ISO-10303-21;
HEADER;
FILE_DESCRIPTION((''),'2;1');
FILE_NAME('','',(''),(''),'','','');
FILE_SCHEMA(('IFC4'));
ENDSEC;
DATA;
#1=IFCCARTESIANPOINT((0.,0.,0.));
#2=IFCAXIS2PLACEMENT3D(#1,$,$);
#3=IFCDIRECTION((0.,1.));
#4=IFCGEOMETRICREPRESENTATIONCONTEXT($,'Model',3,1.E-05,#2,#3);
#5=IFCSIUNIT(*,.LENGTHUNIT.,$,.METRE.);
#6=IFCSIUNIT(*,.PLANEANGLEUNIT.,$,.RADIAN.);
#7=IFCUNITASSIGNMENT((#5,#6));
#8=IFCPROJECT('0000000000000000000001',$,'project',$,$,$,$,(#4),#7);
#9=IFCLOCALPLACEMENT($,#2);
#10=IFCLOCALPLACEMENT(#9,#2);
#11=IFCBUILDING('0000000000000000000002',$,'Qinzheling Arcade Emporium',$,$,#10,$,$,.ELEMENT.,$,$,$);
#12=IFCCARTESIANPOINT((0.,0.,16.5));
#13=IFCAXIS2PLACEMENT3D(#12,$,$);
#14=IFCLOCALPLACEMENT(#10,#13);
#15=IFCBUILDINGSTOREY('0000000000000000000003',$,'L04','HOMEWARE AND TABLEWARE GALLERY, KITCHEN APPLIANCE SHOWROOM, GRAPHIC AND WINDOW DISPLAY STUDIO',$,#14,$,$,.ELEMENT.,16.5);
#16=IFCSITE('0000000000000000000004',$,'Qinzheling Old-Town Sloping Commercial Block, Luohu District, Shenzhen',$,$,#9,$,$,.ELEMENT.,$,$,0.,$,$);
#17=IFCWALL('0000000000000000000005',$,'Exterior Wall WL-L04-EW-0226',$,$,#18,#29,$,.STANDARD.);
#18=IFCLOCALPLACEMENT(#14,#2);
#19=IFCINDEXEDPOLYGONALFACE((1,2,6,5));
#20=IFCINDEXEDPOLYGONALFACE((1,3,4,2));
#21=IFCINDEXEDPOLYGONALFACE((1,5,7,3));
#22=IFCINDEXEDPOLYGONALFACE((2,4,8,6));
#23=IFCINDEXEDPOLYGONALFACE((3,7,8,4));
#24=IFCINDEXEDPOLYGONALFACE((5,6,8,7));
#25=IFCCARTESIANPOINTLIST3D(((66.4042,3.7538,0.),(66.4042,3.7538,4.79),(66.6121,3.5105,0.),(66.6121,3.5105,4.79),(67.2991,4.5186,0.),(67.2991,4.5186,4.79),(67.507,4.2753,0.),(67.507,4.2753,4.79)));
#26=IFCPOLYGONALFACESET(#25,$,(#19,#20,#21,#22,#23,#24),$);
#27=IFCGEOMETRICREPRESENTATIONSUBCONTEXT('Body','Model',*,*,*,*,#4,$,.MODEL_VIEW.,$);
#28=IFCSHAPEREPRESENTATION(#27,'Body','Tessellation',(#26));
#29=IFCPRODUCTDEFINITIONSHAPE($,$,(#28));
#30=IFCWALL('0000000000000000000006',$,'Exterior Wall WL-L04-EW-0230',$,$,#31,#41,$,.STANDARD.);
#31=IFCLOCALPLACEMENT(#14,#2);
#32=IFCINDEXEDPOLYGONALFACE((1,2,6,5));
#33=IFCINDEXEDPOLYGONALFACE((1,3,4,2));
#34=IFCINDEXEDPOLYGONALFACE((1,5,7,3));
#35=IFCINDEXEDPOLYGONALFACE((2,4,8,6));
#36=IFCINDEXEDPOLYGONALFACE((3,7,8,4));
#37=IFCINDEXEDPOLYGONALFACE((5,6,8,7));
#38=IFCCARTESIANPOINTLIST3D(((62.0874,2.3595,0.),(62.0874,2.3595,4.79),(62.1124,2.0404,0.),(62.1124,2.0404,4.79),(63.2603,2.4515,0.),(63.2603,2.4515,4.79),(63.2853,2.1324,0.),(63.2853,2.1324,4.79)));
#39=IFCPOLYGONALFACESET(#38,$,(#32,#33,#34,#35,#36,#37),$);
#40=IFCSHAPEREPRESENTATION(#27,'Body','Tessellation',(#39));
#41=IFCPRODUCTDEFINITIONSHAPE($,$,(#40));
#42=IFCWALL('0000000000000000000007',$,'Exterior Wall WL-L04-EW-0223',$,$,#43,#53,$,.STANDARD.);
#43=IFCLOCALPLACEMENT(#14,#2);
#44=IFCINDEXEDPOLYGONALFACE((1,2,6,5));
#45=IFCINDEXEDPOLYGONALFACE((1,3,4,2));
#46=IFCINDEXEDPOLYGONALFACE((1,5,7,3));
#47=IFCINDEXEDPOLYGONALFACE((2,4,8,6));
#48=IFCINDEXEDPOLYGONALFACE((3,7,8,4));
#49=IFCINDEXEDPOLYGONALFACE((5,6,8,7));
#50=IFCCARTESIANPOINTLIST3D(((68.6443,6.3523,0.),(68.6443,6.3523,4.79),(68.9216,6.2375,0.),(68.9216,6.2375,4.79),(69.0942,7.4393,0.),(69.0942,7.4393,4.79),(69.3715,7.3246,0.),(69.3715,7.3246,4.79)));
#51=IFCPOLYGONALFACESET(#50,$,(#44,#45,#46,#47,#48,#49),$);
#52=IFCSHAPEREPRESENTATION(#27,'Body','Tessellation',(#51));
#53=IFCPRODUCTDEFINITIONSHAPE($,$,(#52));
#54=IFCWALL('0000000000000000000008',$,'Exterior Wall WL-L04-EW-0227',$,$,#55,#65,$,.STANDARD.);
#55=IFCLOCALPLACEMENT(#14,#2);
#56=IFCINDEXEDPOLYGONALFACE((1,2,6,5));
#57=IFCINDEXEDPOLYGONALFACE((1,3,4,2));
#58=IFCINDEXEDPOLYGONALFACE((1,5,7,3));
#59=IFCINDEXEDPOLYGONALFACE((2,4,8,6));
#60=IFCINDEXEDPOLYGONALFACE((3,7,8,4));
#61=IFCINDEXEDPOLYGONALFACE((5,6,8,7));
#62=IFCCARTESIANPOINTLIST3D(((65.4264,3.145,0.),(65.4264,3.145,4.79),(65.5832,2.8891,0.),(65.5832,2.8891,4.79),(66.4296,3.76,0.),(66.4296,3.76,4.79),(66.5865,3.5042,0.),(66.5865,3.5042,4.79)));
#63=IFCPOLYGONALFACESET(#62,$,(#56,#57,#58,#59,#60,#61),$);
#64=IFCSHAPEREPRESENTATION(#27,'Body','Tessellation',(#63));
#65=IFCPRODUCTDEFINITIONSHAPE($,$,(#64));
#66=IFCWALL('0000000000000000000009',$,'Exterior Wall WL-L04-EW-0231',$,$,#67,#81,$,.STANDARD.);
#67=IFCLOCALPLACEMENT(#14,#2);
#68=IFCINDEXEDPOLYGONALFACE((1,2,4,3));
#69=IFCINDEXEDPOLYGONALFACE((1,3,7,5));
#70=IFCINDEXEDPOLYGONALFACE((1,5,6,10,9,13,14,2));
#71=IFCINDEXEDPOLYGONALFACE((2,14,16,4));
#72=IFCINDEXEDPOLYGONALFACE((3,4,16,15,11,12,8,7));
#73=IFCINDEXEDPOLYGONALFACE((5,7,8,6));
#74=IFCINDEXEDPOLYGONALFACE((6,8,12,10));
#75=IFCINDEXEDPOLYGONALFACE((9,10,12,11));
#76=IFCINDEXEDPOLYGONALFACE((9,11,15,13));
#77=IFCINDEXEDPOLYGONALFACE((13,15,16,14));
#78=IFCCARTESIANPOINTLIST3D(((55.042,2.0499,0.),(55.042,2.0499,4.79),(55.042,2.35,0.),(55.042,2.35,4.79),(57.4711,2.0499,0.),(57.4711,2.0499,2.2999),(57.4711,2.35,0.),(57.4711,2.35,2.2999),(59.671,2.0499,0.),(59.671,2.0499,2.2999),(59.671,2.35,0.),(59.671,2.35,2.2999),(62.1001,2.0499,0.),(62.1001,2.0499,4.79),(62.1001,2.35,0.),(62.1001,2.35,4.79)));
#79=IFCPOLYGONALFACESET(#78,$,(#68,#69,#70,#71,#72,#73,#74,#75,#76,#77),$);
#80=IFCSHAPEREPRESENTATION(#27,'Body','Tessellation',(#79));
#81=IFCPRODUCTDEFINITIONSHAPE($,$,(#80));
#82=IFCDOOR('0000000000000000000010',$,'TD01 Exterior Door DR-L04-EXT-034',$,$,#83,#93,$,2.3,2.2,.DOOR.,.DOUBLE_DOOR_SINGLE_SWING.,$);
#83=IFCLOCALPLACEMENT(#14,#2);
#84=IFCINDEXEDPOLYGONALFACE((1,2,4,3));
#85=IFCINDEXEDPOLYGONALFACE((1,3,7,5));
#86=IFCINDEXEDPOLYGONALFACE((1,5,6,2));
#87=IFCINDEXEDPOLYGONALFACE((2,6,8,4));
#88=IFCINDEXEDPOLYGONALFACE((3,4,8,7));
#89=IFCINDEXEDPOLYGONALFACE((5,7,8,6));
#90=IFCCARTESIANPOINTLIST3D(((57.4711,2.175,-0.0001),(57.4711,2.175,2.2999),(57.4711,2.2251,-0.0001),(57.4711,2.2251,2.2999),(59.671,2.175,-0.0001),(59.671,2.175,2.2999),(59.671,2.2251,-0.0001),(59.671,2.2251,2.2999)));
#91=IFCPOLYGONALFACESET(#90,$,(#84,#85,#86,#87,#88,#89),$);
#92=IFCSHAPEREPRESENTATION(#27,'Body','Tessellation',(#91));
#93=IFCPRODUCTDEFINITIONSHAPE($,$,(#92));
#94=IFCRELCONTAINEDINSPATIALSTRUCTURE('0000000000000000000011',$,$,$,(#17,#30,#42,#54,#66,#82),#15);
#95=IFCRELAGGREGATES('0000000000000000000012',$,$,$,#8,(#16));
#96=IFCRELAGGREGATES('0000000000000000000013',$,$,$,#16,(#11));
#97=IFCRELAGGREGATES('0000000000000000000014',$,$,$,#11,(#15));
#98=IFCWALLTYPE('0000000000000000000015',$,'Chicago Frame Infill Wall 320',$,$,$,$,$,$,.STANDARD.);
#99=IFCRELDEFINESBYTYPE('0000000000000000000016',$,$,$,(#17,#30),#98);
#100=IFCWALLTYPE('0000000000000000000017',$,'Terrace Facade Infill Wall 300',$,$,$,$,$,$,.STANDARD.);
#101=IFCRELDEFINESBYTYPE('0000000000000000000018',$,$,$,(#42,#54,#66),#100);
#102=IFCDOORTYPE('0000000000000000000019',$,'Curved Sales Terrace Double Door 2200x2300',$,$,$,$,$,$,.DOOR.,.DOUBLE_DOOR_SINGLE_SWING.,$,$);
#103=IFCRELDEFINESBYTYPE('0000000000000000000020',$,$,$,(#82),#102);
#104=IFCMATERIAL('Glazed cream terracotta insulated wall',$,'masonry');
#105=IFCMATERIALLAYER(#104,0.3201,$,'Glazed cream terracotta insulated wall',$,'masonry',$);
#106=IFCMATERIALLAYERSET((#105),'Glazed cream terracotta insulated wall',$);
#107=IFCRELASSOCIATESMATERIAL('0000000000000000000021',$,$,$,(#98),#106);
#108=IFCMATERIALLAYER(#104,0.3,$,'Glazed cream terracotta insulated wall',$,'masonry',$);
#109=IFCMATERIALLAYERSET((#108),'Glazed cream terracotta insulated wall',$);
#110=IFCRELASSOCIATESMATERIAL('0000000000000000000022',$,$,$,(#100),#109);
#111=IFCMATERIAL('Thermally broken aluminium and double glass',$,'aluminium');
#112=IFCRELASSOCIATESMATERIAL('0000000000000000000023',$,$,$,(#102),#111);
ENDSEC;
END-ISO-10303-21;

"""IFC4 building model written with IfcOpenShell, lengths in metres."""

from ifc_helpers import new_model, si_unit, direction, frame, frame_2d, origin, place, context, subcontext, project, spatial, rectangle, extrude, material, layer, layer_set, type_object, element, fill, save


model = new_model("IFC4")

# Units and contexts
model_context = context("Model", 3, precision=1e-05, world=origin(), true_north=direction((0.0, 1.0)))
body_context = subcontext(model_context, "Body", "Model", "MODEL_VIEW")
ifc_project = project(units=[si_unit("LENGTHUNIT", "METRE"), si_unit("PLANEANGLEUNIT", "RADIAN")], contexts=[model_context])

# Site, building, storey
site_placement = place(None, origin())
site = spatial("IfcSite", under=ifc_project, at=site_placement, Name="Qinzheling Old-Town Sloping Commercial Block, Luohu District, Shenzhen", CompositionType="ELEMENT", RefElevation=0.0)
building_placement = place(site_placement, origin())
building = spatial("IfcBuilding", under=site, at=building_placement, Name="Qinzheling Arcade Emporium", CompositionType="ELEMENT")
storey_placement = place(building_placement, frame((0.0, 0.0, 16.5)))
storey = spatial("IfcBuildingStorey", under=building, at=storey_placement, Name="L04", Description="HOMEWARE AND TABLEWARE GALLERY, KITCHEN APPLIANCE SHOWROOM, GRAPHIC AND WINDOW DISPLAY STUDIO", CompositionType="ELEMENT", Elevation=16.5)

# Walls
ifc_material_1 = material(Name="Glazed cream terracotta insulated wall", Category="masonry")
ifc_layer_1 = layer(ifc_material_1, 0.3201, Name="Glazed cream terracotta insulated wall", Category="masonry")
ifc_layer_set_1 = layer_set([ifc_layer_1], Name="Glazed cream terracotta insulated wall")
wall_type_1 = type_object("IfcWallType", Name="Chicago Frame Infill Wall 320", PredefinedType="STANDARD", material=ifc_layer_set_1)
wall_1_placement = place(storey_placement, frame((67.4031, 4.397, 0.0), z_axis=(0.0, 0.0, 1.0), x_axis=(-0.760207, -0.649681, 0.0)))
element("IfcWall", 1, at=wall_1_placement, inside=storey, type_object=wall_type_1, Name="Exterior Wall WL-L04-EW-0226", PredefinedType="STANDARD", context=body_context, shape_type="SweptSolid", body=[
    extrude(rectangle(XDim=1.1772, YDim=0.3201, at=frame_2d((0.5886, 0.0))), origin(), (0.0, 0.0, 1.0), 4.79),
])
wall_2_placement = place(storey_placement, frame((63.2729, 2.292, 0.0), z_axis=(0.0, 0.0, 1.0), x_axis=(-0.996935, -0.078236, 0.0)))
element("IfcWall", 2, at=wall_2_placement, inside=storey, type_object=wall_type_1, Name="Exterior Wall WL-L04-EW-0230", PredefinedType="STANDARD", context=body_context, shape_type="SweptSolid", body=[
    extrude(rectangle(XDim=1.1765, YDim=0.3201, at=frame_2d((0.5884, 0.0))), origin(), (0.0, 0.0, 1.0), 4.79),
])
ifc_layer_2 = layer(ifc_material_1, 0.3, Name="Glazed cream terracotta insulated wall", Category="masonry")
ifc_layer_set_2 = layer_set([ifc_layer_2], Name="Glazed cream terracotta insulated wall")
wall_type_2 = type_object("IfcWallType", Name="Terrace Facade Infill Wall 300", PredefinedType="STANDARD", material=ifc_layer_set_2)
wall_3_placement = place(storey_placement, frame((69.2329, 7.3821, 0.0), z_axis=(0.0, 0.0, 1.0), x_axis=(-0.382419, -0.923989, 0.0)))
element("IfcWall", 3, at=wall_3_placement, inside=storey, type_object=wall_type_2, Name="Exterior Wall WL-L04-EW-0223", PredefinedType="STANDARD", context=body_context, shape_type="SweptSolid", body=[
    extrude(rectangle(XDim=1.1765, YDim=0.3, at=frame_2d((0.5884, 0.0))), origin(), (0.0, 0.0, 1.0), 4.79),
])
wall_4_placement = place(storey_placement, frame((66.5081, 3.6321, 0.0), z_axis=(0.0, 0.0, 1.0), x_axis=(-0.852548, -0.52265, 0.0)))
element("IfcWall", 4, at=wall_4_placement, inside=storey, type_object=wall_type_2, Name="Exterior Wall WL-L04-EW-0227", PredefinedType="STANDARD", context=body_context, shape_type="SweptSolid", body=[
    extrude(rectangle(XDim=1.1768, YDim=0.3, at=frame_2d((0.5884, 0.0))), origin(), (0.0, 0.0, 1.0), 4.79),
])

# Wall, opening, door
wall_5_placement = place(storey_placement, frame((62.1001, 2.2, 0.0), z_axis=(0.0, 0.0, 1.0), x_axis=(-1.0, 0.0, 0.0)))
wall_5 = element("IfcWall", 5, at=wall_5_placement, inside=storey, type_object=wall_type_2, Name="Exterior Wall WL-L04-EW-0231", PredefinedType="STANDARD", context=body_context, shape_type="SweptSolid", body=[
    extrude(rectangle(XDim=7.0581, YDim=0.3, at=frame_2d((3.5291, 0.0))), origin(), (0.0, 0.0, 1.0), 4.79),
])
opening_placement = place(wall_5_placement, frame((2.429, 0.0, 0.0)))
opening = element("IfcOpeningElement", 6, at=opening_placement, cuts=wall_5, PredefinedType="OPENING", context=body_context, shape_type="SweptSolid", body=[
    extrude(rectangle(XDim=2.2, YDim=2.3, at=frame_2d((1.1001, 1.1499))), frame((0.0, 0.1602, 0.0), z_axis=(0.0, -1.0, 0.0), x_axis=(1.0, 0.0, 0.0)), (0.0, 0.0, 1.0), 0.3201),
])
ifc_material_2 = material(Name="Thermally broken aluminium and double glass", Category="aluminium")
door_type = type_object("IfcDoorType", Name="Curved Sales Terrace Double Door 2200x2300", OperationType="DOUBLE_DOOR_SINGLE_SWING", PredefinedType="DOOR", material=ifc_material_2)
door_placement = place(opening_placement, origin())
door = element("IfcDoor", 7, at=door_placement, inside=storey, type_object=door_type, Name="TD01 Exterior Door DR-L04-EXT-034", OperationType="DOUBLE_DOOR_SINGLE_SWING", OverallHeight=2.3, OverallWidth=2.2, PredefinedType="DOOR", context=body_context, shape_type="SweptSolid", body=[
    extrude(rectangle(XDim=2.2, YDim=2.3, at=frame_2d((1.1001, 1.1499))), frame((0.0, 0.0249, 0.0), z_axis=(0.0, -1.0, 0.0), x_axis=(1.0, 0.0, 0.0)), (0.0, 0.0, 1.0), 0.05),
])
fill(opening, door)

save(model, "model.ifc")
